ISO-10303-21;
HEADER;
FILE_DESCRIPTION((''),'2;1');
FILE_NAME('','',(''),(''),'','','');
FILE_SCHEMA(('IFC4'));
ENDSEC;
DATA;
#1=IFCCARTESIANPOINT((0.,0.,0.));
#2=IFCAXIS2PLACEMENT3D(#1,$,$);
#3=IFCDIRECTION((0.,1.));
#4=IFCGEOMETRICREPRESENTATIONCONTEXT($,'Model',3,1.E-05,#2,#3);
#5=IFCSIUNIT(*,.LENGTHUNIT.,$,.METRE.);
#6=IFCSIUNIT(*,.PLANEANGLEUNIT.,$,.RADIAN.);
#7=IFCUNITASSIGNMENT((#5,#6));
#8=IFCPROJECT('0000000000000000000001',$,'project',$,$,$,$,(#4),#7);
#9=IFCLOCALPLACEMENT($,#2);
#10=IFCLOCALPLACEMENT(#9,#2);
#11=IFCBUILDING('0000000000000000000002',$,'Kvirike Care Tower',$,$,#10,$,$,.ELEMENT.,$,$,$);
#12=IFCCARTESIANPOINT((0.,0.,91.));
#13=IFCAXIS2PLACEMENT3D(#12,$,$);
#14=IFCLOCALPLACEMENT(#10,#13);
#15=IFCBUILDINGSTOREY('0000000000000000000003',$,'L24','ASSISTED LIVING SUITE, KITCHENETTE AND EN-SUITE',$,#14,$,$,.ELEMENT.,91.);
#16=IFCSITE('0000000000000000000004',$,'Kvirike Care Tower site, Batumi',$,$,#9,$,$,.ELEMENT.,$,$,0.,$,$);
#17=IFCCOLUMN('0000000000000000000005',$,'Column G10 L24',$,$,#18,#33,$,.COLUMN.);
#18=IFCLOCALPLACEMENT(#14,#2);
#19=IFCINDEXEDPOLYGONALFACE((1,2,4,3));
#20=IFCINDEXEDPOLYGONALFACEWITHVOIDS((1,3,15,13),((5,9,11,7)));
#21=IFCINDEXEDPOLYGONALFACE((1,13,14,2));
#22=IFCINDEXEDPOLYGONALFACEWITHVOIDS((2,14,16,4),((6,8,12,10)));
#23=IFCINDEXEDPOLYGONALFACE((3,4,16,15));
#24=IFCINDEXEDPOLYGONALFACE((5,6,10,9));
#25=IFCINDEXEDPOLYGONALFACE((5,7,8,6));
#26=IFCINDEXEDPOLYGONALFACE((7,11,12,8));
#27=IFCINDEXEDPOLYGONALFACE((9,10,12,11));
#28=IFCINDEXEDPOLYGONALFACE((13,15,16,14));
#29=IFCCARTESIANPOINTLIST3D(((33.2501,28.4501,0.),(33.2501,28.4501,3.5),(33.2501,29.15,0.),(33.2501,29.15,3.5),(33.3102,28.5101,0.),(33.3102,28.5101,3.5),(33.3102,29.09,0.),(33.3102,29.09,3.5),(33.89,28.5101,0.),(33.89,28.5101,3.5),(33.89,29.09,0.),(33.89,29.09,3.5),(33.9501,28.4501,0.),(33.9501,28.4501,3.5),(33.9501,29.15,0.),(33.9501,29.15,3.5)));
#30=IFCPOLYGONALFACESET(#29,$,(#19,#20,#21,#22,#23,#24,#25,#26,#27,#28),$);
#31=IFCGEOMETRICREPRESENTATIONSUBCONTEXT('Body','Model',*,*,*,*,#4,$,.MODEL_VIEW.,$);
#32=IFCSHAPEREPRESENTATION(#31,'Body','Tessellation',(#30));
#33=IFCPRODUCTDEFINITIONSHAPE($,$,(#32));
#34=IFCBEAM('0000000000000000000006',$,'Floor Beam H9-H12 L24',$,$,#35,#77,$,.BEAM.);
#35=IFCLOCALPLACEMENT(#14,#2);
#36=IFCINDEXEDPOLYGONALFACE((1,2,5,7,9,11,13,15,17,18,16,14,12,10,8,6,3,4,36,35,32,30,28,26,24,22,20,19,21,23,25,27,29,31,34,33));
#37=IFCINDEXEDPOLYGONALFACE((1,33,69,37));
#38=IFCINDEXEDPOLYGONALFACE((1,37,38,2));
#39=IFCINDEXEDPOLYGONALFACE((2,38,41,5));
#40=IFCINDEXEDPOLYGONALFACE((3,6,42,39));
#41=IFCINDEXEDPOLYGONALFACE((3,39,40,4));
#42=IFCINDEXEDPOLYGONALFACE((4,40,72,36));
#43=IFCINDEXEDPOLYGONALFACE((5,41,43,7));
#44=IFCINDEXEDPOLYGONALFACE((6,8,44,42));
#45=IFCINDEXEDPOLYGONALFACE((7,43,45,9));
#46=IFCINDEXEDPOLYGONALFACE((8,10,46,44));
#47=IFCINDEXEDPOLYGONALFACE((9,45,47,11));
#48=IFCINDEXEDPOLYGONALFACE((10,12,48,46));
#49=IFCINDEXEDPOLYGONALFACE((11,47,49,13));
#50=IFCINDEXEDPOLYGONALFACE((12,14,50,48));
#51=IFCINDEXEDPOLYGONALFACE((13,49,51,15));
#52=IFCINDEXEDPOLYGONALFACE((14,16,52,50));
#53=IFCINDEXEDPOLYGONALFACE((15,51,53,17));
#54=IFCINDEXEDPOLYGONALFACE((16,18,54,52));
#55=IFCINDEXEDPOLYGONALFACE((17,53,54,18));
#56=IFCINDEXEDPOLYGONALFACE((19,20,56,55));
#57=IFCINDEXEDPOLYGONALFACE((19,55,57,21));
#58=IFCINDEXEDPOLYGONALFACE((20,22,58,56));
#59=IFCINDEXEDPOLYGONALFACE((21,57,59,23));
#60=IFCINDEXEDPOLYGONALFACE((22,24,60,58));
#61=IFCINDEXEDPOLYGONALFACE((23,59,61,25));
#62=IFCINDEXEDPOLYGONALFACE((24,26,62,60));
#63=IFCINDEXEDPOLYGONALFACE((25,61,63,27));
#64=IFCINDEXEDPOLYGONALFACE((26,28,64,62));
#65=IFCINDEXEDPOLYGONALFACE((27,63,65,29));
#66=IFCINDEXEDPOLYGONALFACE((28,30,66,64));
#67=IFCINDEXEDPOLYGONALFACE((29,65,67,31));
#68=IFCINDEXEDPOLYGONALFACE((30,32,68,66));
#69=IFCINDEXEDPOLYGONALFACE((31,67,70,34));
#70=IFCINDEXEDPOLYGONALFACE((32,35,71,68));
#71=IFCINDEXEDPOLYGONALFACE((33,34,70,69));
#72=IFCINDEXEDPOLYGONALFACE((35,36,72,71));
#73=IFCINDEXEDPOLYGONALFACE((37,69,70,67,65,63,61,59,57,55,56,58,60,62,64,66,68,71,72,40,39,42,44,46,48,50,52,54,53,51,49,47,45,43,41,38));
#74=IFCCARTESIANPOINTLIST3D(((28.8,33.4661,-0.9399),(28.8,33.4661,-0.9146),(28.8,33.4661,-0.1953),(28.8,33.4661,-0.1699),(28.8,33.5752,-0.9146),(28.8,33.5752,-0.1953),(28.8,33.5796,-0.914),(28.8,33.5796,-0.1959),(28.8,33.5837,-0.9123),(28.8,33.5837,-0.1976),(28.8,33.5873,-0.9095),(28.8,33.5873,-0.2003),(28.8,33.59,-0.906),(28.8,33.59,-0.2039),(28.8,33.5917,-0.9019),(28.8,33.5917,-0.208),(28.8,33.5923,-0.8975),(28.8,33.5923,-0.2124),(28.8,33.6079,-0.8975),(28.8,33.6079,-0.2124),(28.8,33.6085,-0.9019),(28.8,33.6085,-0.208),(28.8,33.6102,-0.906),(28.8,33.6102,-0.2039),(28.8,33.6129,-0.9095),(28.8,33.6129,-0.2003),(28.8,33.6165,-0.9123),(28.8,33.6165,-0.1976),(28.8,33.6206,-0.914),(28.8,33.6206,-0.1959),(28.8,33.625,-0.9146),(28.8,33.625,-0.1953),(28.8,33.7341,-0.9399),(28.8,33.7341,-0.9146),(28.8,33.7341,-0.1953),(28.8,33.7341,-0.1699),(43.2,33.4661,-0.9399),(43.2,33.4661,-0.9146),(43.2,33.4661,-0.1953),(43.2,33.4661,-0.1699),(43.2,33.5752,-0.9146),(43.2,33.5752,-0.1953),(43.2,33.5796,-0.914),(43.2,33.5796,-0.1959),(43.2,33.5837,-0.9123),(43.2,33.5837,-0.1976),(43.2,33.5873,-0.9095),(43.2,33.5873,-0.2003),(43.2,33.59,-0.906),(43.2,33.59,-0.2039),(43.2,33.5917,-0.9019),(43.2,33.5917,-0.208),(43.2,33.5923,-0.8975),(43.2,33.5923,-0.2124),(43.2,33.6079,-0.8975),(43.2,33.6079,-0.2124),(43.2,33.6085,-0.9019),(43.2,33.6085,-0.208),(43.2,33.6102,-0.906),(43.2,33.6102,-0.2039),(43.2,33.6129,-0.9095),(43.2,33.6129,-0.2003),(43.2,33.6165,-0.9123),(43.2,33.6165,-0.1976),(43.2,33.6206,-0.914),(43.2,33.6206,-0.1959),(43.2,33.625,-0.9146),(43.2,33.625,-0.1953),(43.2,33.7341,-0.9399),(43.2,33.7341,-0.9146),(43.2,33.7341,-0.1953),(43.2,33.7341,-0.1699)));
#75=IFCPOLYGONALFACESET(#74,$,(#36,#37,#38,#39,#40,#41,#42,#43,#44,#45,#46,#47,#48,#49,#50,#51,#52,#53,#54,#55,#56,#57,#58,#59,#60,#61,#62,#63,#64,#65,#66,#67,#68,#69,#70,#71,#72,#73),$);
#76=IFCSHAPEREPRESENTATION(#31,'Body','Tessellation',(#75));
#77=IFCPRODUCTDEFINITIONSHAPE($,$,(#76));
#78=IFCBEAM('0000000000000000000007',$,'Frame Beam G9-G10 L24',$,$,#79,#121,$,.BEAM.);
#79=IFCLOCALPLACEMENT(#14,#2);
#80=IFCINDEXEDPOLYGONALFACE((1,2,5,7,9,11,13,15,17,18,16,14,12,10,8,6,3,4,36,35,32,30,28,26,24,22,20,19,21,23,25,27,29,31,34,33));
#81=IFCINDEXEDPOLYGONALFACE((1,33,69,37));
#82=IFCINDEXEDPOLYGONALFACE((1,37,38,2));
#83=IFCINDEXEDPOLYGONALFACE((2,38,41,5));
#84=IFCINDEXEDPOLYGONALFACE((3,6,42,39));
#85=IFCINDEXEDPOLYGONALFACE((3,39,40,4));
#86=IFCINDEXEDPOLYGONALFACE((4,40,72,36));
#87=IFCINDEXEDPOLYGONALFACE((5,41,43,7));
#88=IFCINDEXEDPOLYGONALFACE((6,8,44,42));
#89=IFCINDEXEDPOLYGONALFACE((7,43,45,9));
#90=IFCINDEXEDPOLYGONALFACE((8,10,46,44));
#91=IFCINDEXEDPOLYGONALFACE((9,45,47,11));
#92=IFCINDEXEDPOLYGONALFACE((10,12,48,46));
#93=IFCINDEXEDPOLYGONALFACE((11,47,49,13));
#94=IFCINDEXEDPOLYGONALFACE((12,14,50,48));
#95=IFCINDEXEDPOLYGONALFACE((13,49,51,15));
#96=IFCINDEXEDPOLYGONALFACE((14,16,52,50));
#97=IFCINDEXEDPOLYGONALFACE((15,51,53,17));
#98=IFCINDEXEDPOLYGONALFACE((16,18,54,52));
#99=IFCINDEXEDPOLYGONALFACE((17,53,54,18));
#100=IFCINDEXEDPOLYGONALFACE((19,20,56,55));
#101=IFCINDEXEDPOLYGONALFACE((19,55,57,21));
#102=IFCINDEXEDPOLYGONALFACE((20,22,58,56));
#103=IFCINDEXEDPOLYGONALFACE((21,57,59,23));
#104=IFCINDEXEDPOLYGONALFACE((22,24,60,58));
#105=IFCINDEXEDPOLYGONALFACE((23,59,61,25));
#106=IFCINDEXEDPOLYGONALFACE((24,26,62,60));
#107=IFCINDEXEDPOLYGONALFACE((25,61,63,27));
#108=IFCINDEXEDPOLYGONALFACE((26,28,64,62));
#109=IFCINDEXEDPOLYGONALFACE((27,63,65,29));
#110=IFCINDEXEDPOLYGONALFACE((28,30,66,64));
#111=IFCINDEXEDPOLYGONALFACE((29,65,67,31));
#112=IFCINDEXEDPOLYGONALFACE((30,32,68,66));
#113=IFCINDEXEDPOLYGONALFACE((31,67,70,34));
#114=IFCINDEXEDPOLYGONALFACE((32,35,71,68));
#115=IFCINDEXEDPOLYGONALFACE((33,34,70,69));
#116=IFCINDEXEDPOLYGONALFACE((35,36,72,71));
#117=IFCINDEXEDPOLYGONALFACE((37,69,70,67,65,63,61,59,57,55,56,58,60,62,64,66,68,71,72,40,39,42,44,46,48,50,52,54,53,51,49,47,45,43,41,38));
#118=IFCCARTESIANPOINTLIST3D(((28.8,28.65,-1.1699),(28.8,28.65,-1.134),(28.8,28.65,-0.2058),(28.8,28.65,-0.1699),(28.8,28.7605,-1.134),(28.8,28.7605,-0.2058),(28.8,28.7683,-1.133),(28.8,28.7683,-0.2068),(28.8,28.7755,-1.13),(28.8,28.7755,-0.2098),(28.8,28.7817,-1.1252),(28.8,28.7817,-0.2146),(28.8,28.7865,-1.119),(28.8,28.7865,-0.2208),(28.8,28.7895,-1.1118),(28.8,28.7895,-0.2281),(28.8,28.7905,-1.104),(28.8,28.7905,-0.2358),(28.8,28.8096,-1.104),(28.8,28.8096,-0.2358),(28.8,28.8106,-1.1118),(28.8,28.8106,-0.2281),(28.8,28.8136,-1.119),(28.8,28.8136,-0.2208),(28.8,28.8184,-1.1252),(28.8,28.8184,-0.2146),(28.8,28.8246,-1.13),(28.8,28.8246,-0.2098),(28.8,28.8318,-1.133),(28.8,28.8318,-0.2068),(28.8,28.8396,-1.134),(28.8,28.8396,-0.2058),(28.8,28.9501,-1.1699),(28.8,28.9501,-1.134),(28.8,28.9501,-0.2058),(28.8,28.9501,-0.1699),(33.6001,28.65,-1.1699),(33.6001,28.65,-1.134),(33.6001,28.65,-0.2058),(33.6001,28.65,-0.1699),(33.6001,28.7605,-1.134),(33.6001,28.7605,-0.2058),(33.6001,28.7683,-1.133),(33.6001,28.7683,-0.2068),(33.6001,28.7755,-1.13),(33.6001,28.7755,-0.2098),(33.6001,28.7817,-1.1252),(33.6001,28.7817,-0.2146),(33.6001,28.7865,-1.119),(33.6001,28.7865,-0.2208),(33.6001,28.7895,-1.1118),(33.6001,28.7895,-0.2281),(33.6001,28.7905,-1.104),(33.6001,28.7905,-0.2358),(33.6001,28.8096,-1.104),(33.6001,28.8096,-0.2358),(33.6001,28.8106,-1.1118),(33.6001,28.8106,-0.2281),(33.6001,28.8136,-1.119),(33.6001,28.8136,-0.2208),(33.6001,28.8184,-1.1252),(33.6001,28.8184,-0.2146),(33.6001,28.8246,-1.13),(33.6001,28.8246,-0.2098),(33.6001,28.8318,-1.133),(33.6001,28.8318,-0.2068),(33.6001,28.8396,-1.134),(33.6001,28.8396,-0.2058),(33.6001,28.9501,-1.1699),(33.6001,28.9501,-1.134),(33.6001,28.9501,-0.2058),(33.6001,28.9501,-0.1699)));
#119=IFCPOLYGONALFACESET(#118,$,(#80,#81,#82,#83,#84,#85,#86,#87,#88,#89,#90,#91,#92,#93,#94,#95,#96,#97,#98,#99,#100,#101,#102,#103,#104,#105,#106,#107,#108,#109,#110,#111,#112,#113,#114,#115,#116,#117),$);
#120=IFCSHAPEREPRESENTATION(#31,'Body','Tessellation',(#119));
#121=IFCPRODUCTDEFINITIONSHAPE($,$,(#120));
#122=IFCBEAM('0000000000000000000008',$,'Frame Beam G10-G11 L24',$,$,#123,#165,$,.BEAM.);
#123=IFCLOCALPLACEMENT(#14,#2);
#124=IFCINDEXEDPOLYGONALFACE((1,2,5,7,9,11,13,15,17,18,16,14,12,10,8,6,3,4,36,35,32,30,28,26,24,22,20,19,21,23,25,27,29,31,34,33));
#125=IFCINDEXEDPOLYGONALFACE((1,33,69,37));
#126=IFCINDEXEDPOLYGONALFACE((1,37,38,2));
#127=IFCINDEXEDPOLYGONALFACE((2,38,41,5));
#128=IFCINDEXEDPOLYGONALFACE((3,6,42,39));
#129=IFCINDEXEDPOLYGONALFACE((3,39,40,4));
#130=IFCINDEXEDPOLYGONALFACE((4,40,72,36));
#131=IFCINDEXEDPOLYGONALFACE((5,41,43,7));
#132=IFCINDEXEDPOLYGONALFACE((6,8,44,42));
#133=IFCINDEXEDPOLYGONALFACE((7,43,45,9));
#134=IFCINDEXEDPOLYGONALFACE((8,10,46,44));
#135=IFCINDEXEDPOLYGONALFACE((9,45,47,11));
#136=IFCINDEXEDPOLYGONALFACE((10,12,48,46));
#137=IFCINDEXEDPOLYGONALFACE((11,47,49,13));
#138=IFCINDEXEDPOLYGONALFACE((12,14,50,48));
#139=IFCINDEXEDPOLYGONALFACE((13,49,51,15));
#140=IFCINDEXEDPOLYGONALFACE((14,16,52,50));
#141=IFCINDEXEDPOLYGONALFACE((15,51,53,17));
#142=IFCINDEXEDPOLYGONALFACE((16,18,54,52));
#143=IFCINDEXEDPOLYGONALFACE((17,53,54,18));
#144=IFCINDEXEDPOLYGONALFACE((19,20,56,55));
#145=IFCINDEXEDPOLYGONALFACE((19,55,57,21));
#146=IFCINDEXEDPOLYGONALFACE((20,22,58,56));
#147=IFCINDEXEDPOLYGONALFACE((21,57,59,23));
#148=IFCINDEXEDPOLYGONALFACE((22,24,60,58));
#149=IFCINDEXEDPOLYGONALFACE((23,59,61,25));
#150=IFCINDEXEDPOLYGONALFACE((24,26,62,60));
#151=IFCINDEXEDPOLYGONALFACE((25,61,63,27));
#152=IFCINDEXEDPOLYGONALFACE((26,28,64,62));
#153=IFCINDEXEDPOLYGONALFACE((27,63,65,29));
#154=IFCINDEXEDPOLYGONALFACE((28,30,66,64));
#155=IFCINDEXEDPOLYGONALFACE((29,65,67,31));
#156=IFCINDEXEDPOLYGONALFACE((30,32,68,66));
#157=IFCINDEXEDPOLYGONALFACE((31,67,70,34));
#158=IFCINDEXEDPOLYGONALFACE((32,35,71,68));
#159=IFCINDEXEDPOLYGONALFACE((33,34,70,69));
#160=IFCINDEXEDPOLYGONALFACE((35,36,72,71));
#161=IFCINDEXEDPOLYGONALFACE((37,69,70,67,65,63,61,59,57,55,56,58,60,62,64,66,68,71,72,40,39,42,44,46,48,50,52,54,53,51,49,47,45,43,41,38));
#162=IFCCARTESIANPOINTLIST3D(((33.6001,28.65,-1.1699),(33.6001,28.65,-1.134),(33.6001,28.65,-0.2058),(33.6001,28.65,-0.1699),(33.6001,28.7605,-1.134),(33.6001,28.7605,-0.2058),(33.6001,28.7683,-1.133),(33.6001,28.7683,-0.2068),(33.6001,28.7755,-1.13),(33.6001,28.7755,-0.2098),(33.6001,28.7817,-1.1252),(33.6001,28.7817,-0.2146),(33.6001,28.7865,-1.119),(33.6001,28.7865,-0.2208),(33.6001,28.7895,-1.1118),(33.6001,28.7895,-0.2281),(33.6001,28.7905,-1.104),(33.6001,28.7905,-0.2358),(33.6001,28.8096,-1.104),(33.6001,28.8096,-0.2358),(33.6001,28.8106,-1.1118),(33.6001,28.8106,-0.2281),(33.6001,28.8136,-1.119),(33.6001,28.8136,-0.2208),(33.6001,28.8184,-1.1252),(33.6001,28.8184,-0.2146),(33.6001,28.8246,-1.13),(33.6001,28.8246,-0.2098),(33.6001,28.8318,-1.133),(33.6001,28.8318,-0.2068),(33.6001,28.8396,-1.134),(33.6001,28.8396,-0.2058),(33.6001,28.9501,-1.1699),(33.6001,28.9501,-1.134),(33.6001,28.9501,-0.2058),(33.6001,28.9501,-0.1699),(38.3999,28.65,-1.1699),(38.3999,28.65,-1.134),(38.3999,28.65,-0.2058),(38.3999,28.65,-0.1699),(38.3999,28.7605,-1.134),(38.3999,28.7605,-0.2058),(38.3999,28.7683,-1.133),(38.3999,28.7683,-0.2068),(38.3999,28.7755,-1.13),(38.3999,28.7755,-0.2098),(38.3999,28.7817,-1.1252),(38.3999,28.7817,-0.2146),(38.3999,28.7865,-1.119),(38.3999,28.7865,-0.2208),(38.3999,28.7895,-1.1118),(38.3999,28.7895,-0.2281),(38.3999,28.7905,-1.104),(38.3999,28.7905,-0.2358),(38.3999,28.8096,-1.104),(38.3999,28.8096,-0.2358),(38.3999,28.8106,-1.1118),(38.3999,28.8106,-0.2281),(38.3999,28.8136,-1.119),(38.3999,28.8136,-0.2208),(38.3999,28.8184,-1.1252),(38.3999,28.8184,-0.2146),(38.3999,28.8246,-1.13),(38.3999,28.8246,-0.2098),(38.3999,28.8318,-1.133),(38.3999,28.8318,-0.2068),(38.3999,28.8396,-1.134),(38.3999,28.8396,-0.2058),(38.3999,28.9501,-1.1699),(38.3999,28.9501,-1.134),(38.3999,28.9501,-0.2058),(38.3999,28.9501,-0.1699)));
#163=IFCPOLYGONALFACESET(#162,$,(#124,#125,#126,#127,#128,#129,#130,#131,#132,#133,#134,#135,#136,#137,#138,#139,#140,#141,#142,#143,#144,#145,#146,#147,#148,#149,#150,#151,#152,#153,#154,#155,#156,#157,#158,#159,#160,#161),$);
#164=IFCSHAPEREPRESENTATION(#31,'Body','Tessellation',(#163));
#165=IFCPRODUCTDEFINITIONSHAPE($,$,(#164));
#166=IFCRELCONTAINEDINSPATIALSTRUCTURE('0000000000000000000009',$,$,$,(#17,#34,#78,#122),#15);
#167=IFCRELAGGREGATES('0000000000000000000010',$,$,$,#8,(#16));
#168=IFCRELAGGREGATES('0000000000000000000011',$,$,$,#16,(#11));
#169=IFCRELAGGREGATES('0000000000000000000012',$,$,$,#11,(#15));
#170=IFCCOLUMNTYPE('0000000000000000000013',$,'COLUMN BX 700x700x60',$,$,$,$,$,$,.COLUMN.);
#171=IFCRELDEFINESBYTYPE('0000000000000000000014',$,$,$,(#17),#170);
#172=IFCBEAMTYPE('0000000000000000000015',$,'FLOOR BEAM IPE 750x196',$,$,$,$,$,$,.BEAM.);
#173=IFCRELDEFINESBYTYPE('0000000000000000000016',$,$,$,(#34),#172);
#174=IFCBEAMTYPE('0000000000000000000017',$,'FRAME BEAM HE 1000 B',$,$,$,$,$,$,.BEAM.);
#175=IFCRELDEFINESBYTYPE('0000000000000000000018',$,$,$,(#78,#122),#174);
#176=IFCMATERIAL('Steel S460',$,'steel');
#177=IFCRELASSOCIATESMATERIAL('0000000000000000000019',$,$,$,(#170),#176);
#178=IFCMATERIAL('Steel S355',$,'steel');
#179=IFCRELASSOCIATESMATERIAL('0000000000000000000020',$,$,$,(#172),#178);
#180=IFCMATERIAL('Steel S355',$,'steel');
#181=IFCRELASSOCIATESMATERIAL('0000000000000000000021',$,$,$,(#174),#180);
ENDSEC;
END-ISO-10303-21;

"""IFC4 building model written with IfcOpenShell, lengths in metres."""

from ifc_helpers import new_model, si_unit, direction, frame, origin, origin_2d, place, context, subcontext, project, spatial, hollow_rectangle, i_section, extrude, material, material_profile, profile_set, type_object, element, save


model = new_model("IFC4")

# Units and contexts
model_context = context("Model", 3, precision=1e-05, world=origin(), true_north=direction((0.0, 1.0)))
body_context = subcontext(model_context, "Body", "Model", "MODEL_VIEW")
ifc_project = project(units=[si_unit("LENGTHUNIT", "METRE"), si_unit("PLANEANGLEUNIT", "RADIAN")], contexts=[model_context])

# Site, building, storey
site_placement = place(None, origin())
site = spatial("IfcSite", under=ifc_project, at=site_placement, Name="Kvirike Care Tower site, Batumi", CompositionType="ELEMENT", RefElevation=0.0)
building_placement = place(site_placement, origin())
building = spatial("IfcBuilding", under=site, at=building_placement, Name="Kvirike Care Tower", CompositionType="ELEMENT")
storey_placement = place(building_placement, frame((0.0, 0.0, 91.0)))
storey = spatial("IfcBuildingStorey", under=building, at=storey_placement, Name="L24", Description="ASSISTED LIVING SUITE, KITCHENETTE AND EN-SUITE", CompositionType="ELEMENT", Elevation=91.0)

# Column
ifc_material_1 = material(Name="Steel S460", Category="steel")
ifc_material_profile_1 = material_profile(ifc_material_1, hollow_rectangle(XDim=0.7, YDim=0.7, WallThickness=0.0601, at=origin_2d()), Name="BX 700x700x60")
ifc_profile_set_1 = profile_set([ifc_material_profile_1], Name="Steel S460")
column_type = type_object("IfcColumnType", Name="COLUMN BX 700x700x60", PredefinedType="COLUMN", material=ifc_profile_set_1)
column_placement = place(storey_placement, frame((33.6001, 28.8, 0.0), z_axis=(0.0, 0.0, 1.0), x_axis=(0.0, 1.0, 0.0)))
element("IfcColumn", 1, at=column_placement, inside=storey, type_object=column_type, Name="Column G10 L24", PredefinedType="COLUMN", context=body_context, shape_type="SweptSolid", body=[
    extrude(hollow_rectangle(XDim=0.7, YDim=0.7, WallThickness=0.0601, at=origin_2d()), origin(), (0.0, 0.0, 1.0), 3.5),
])

# Beams
ifc_material_2 = material(Name="Steel S355", Category="steel")
ifc_material_profile_2 = material_profile(ifc_material_2, i_section(OverallWidth=0.2681, OverallDepth=0.77, WebThickness=0.0156, FlangeThickness=0.0254, FilletRadius=0.0171, at=origin_2d()), Name="IPE 750x196")
ifc_profile_set_2 = profile_set([ifc_material_profile_2], Name="Steel S355")
beam_type_1 = type_object("IfcBeamType", Name="FLOOR BEAM IPE 750x196", PredefinedType="BEAM", material=ifc_profile_set_2)
beam_1_placement = place(storey_placement, frame((28.8, 33.6001, -0.5549), z_axis=(1.0, 0.0, 0.0), x_axis=(0.0, 1.0, 0.0)))
element("IfcBeam", 2, at=beam_1_placement, inside=storey, type_object=beam_type_1, Name="Floor Beam H9-H12 L24", PredefinedType="BEAM", context=body_context, shape_type="SweptSolid", body=[
    extrude(i_section(OverallWidth=0.2681, OverallDepth=0.77, WebThickness=0.0156, FlangeThickness=0.0254, FilletRadius=0.0171, at=origin_2d()), origin(), (0.0, 0.0, 1.0), 14.3999),
])
ifc_material_3 = material(Name="Steel S355", Category="steel")
ifc_material_profile_3 = material_profile(ifc_material_3, i_section(OverallWidth=0.3, OverallDepth=1.0, WebThickness=0.019, FlangeThickness=0.0359, FilletRadius=0.03, at=origin_2d()), Name="HE 1000 B")
ifc_profile_set_3 = profile_set([ifc_material_profile_3], Name="Steel S355")
beam_type_2 = type_object("IfcBeamType", Name="FRAME BEAM HE 1000 B", PredefinedType="BEAM", material=ifc_profile_set_3)
beam_2_placement = place(storey_placement, frame((28.8, 28.8, -0.6699), z_axis=(1.0, 0.0, 0.0), x_axis=(0.0, 1.0, 0.0)))
element("IfcBeam", 3, at=beam_2_placement, inside=storey, type_object=beam_type_2, Name="Frame Beam G9-G10 L24", PredefinedType="BEAM", context=body_context, shape_type="SweptSolid", body=[
    extrude(i_section(OverallWidth=0.3, OverallDepth=1.0, WebThickness=0.019, FlangeThickness=0.0359, FilletRadius=0.03, at=origin_2d()), origin(), (0.0, 0.0, 1.0), 4.8),
])
beam_3_placement = place(storey_placement, frame((33.6001, 28.8, -0.6699), z_axis=(1.0, 0.0, 0.0), x_axis=(0.0, 1.0, 0.0)))
element("IfcBeam", 4, at=beam_3_placement, inside=storey, type_object=beam_type_2, Name="Frame Beam G10-G11 L24", PredefinedType="BEAM", context=body_context, shape_type="SweptSolid", body=[
    extrude(i_section(OverallWidth=0.3, OverallDepth=1.0, WebThickness=0.019, FlangeThickness=0.0359, FilletRadius=0.03, at=origin_2d()), origin(), (0.0, 0.0, 1.0), 4.7998),
])

save(model, "model.ifc")
